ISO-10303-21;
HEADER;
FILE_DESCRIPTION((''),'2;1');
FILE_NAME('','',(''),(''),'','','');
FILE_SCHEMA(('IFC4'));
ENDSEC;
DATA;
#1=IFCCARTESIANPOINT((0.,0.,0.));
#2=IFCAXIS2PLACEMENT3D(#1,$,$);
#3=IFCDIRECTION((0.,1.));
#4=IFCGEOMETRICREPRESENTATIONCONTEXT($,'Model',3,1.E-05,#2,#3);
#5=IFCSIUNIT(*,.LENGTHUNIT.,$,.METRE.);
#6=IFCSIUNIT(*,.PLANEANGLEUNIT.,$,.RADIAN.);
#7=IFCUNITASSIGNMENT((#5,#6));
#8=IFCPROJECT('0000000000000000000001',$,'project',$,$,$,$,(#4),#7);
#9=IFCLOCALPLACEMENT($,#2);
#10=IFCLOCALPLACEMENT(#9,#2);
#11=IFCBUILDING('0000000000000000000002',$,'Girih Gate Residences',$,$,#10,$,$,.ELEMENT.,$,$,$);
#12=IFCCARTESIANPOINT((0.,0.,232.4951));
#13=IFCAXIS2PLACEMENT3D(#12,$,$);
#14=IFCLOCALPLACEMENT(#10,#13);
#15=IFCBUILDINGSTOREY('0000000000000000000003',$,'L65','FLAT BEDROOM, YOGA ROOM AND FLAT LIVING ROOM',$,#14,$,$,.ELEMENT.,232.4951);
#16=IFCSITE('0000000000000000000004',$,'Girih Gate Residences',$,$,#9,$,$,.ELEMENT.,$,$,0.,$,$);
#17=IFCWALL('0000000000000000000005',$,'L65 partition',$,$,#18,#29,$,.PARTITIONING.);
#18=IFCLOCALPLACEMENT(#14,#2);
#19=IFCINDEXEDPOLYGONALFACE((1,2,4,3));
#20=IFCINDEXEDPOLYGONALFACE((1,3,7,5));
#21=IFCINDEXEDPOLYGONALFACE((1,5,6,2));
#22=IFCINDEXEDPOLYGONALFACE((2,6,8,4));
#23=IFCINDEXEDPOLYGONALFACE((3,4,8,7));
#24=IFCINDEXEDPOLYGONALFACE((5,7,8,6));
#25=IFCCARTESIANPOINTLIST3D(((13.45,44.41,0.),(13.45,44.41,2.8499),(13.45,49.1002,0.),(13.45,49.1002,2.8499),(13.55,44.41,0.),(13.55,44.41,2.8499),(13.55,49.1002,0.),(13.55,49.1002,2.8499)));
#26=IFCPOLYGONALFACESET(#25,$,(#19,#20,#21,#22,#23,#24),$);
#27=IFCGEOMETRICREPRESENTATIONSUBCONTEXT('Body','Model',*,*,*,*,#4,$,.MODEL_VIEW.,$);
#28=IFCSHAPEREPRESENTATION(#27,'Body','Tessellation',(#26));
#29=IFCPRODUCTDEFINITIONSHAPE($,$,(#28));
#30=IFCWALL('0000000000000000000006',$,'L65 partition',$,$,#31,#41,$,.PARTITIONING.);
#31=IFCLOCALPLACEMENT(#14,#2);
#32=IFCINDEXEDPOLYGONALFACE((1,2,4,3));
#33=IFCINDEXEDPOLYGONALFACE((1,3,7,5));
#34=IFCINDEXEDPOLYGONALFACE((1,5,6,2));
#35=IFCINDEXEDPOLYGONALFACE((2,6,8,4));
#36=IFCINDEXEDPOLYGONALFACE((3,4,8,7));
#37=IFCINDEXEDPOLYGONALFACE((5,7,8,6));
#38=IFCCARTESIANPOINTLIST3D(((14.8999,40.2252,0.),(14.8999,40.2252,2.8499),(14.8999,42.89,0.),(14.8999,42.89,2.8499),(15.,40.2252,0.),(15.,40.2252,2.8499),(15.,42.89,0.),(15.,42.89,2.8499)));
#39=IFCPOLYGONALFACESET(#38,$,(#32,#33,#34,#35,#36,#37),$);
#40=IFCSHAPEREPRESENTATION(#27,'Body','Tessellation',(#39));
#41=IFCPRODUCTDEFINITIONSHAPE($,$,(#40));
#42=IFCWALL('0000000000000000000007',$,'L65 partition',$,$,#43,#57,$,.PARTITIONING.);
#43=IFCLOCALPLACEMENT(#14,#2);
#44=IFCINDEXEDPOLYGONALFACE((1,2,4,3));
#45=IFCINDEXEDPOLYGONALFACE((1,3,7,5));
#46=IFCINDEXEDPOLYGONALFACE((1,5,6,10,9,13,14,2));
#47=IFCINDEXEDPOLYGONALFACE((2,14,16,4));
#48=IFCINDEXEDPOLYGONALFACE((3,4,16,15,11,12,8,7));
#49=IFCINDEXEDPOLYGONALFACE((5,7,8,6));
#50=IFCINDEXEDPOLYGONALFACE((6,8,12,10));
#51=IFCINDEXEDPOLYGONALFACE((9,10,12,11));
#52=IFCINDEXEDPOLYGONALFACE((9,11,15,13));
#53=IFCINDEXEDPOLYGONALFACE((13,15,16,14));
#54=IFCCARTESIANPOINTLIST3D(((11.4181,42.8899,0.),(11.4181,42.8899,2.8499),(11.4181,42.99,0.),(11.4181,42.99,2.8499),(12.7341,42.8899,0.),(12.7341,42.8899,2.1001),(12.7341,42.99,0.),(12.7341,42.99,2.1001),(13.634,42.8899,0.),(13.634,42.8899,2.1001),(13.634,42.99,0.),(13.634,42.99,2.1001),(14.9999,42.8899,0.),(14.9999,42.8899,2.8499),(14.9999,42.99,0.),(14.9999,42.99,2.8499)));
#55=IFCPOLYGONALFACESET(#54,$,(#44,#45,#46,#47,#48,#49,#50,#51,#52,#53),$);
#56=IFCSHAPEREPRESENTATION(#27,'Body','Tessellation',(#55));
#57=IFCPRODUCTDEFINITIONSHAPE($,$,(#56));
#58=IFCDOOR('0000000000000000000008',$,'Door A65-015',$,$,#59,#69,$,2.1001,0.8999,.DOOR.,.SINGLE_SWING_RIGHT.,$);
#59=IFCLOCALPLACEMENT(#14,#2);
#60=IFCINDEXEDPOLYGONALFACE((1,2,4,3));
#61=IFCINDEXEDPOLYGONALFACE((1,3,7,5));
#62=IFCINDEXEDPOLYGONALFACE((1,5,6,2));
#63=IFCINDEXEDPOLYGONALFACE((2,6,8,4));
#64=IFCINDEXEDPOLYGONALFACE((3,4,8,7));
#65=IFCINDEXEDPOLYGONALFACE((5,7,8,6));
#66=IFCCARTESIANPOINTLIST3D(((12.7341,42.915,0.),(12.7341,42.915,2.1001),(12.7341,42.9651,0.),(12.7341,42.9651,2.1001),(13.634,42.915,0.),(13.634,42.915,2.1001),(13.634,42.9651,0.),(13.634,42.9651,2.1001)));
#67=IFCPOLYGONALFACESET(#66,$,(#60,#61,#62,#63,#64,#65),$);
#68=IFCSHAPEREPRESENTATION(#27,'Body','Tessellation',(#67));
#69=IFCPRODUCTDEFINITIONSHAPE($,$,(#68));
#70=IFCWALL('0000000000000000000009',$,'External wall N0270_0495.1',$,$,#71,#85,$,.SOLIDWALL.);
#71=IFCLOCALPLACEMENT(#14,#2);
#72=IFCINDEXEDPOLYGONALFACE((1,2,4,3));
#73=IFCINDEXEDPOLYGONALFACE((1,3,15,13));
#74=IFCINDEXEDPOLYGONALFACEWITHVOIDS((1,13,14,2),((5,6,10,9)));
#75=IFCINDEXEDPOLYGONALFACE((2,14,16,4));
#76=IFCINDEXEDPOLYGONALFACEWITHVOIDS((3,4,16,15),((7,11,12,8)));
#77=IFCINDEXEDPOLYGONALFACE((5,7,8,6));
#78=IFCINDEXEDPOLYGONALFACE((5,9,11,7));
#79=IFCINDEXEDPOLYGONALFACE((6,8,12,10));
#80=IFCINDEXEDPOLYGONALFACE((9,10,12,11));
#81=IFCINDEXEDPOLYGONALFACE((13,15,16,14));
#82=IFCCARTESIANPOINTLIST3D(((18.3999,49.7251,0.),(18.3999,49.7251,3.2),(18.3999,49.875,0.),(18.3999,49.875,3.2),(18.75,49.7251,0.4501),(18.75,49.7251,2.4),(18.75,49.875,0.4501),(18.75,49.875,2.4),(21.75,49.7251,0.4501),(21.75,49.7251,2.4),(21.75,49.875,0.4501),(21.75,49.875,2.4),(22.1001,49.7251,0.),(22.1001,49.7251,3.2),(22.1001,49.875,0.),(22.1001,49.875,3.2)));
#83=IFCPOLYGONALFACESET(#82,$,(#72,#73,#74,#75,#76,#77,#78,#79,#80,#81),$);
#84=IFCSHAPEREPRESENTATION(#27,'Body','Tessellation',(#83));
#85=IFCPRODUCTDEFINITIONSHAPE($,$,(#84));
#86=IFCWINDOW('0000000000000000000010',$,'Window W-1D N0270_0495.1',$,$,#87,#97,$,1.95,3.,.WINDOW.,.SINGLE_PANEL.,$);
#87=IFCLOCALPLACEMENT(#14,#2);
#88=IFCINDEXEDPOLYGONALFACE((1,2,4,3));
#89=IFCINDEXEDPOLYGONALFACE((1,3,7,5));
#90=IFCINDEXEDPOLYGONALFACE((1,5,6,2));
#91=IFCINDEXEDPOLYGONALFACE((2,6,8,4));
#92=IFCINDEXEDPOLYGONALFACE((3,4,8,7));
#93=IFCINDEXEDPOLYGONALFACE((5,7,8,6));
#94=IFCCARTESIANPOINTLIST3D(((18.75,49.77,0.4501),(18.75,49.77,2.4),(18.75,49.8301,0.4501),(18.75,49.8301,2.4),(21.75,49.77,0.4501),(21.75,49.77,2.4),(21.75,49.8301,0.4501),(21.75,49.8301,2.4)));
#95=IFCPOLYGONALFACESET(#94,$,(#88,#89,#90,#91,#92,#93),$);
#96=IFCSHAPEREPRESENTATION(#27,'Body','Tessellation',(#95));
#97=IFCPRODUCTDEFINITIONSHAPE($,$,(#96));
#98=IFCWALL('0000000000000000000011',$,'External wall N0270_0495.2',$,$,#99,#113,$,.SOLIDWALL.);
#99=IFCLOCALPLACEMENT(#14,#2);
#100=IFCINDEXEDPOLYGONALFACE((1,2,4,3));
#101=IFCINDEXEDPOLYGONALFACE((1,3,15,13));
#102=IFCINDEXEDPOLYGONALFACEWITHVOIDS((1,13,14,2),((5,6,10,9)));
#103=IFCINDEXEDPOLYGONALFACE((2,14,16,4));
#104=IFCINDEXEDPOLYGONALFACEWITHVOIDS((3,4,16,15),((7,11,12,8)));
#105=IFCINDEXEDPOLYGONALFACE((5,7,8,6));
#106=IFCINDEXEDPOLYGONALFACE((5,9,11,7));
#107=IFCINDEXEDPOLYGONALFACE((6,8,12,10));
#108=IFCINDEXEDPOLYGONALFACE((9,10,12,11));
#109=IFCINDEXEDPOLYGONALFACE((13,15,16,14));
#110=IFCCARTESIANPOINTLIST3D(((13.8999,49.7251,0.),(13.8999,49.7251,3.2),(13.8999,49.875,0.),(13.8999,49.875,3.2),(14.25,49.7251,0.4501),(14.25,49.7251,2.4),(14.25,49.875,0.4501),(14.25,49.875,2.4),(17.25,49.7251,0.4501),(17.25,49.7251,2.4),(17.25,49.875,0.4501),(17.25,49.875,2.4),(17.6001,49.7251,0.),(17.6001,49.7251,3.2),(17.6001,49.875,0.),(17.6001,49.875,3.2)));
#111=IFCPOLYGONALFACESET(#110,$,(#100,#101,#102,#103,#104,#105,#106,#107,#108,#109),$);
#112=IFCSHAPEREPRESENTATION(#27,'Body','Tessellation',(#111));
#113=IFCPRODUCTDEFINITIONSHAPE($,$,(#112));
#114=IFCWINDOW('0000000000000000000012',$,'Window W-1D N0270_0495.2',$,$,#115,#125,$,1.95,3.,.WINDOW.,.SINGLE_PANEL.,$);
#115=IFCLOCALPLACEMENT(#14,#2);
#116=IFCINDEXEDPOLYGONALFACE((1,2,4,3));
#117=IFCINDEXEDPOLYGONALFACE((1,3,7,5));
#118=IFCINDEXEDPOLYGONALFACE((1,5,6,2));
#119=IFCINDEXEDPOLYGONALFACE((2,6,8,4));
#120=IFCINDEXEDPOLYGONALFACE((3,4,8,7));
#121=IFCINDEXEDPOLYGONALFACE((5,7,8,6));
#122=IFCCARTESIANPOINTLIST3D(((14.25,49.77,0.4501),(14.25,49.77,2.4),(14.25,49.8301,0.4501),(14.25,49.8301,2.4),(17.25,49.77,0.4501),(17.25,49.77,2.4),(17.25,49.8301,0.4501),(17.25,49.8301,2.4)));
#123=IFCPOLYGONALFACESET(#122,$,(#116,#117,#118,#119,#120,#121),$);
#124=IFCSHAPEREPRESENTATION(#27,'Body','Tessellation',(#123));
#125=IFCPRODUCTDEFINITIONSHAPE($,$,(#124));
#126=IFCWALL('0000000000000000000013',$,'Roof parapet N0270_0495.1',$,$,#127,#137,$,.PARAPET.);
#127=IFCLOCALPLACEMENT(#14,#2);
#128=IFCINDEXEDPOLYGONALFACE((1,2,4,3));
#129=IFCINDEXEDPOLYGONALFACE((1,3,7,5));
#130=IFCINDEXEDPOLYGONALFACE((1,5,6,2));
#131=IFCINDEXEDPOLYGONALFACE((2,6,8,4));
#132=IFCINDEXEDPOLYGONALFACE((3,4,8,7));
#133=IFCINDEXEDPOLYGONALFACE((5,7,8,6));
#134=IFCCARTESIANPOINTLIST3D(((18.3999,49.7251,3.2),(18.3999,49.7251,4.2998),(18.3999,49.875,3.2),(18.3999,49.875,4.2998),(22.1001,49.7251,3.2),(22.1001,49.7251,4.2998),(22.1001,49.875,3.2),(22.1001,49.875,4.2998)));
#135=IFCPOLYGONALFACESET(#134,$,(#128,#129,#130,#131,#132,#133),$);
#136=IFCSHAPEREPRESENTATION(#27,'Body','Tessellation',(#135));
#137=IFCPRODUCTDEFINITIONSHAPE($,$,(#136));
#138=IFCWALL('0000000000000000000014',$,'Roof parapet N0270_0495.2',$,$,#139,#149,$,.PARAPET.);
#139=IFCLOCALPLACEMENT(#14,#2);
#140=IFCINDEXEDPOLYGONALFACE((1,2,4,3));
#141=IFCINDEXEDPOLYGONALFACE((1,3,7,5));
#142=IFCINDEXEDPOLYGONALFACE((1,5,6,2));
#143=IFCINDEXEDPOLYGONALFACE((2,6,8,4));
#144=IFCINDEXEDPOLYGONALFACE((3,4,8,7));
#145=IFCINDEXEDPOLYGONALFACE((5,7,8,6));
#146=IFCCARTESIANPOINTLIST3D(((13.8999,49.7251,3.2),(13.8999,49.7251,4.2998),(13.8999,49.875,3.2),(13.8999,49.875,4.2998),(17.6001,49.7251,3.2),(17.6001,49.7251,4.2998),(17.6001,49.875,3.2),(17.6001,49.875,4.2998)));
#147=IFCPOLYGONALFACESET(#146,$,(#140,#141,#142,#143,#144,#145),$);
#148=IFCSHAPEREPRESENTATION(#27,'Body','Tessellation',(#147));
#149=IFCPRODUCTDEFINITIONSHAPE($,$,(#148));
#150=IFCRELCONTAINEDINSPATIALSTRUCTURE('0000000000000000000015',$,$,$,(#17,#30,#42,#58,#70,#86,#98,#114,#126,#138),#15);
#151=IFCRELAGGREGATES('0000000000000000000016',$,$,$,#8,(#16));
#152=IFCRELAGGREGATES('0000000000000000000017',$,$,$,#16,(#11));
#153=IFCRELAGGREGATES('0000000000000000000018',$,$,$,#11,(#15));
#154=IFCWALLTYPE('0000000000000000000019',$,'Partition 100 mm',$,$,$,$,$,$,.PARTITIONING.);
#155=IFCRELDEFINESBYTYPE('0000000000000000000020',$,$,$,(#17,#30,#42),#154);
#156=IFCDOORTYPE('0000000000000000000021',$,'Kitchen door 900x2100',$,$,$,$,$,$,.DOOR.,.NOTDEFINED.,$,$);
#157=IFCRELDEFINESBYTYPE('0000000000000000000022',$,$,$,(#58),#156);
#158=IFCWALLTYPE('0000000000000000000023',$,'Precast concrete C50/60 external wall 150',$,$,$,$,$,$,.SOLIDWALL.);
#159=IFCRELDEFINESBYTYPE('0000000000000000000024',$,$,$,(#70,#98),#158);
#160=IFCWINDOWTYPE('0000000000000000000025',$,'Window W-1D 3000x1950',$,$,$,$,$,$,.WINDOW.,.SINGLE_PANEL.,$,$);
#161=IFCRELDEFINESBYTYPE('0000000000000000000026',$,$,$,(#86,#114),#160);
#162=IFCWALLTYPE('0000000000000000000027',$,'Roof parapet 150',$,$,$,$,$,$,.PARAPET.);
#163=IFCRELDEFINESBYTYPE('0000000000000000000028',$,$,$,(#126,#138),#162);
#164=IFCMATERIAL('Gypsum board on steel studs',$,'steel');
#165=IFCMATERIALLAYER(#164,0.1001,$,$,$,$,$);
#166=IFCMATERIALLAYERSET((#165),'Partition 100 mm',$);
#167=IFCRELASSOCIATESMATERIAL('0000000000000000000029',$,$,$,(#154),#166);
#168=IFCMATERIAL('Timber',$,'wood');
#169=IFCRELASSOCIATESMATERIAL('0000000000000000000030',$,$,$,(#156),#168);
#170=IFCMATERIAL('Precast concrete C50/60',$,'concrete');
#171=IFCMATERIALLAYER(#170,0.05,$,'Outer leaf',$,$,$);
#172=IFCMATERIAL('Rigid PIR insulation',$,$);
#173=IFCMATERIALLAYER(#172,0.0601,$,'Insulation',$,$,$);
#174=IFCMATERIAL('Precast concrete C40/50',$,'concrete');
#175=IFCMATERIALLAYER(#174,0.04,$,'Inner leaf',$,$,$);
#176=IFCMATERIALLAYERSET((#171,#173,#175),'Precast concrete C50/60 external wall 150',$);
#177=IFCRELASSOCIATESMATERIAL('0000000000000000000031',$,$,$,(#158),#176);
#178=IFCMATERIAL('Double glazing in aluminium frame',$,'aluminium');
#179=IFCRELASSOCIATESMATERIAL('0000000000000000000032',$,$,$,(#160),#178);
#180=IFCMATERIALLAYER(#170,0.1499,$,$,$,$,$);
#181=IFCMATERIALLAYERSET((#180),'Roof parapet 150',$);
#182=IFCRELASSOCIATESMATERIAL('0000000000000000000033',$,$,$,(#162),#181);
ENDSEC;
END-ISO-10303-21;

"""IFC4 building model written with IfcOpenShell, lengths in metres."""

from ifc_helpers import new_model, si_unit, direction, frame, frame_2d, origin, place, context, subcontext, project, spatial, rectangle, extrude, material, layer, layer_set, type_object, element, fill, save


model = new_model("IFC4")

# Units and contexts
model_context = context("Model", 3, precision=1e-05, world=origin(), true_north=direction((0.0, 1.0)))
body_context = subcontext(model_context, "Body", "Model", "MODEL_VIEW")
ifc_project = project(units=[si_unit("LENGTHUNIT", "METRE"), si_unit("PLANEANGLEUNIT", "RADIAN")], contexts=[model_context])

# Site, building, storey
site_placement = place(None, origin())
site = spatial("IfcSite", under=ifc_project, at=site_placement, Name="Girih Gate Residences", CompositionType="ELEMENT", RefElevation=0.0)
building_placement = place(site_placement, origin())
building = spatial("IfcBuilding", under=site, at=building_placement, Name="Girih Gate Residences", CompositionType="ELEMENT")
storey_placement = place(building_placement, frame((0.0, 0.0, 232.4951)))
storey = spatial("IfcBuildingStorey", under=building, at=storey_placement, Name="L65", Description="FLAT BEDROOM, YOGA ROOM AND FLAT LIVING ROOM", CompositionType="ELEMENT", Elevation=232.4951)

# Shared definitions
ifc_material_1 = material(Name="Gypsum board on steel studs", Category="steel")

# Shared definitions
ifc_layer_1 = layer(ifc_material_1, 0.1001)
ifc_layer_set_1 = layer_set([ifc_layer_1], Name="Partition 100 mm")
wall_type_1 = type_object("IfcWallType", Name="Partition 100 mm", PredefinedType="PARTITIONING", material=ifc_layer_set_1)
ifc_material_2 = material(Name="Timber", Category="wood")

# Walls
wall_1_placement = place(storey_placement, frame((13.5, 44.4099, 0.0), z_axis=(0.0, 0.0, 1.0), x_axis=(0.0, 1.0, 0.0)))
element("IfcWall", 1, at=wall_1_placement, inside=storey, type_object=wall_type_1, Name="L65 partition", PredefinedType="PARTITIONING", context=body_context, shape_type="SweptSolid", body=[
    extrude(rectangle(XDim=4.6902, YDim=0.1001, at=frame_2d((2.3452, 0.0))), origin(), (0.0, 0.0, 1.0), 2.8499),
])
wall_2_placement = place(storey_placement, frame((14.95, 40.2251, 0.0), z_axis=(0.0, 0.0, 1.0), x_axis=(0.0, 1.0, 0.0)))
element("IfcWall", 2, at=wall_2_placement, inside=storey, type_object=wall_type_1, Name="L65 partition", PredefinedType="PARTITIONING", context=body_context, shape_type="SweptSolid", body=[
    extrude(rectangle(XDim=2.6648, YDim=0.1001, at=frame_2d((1.3325, 0.0))), origin(), (0.0, 0.0, 1.0), 2.8499),
])

# Wall, opening, door
wall_3_placement = place(storey_placement, frame((15.0, 42.9399, 0.0), z_axis=(0.0, 0.0, 1.0), x_axis=(-1.0, 0.0, 0.0)))
wall_3 = element("IfcWall", 3, at=wall_3_placement, inside=storey, type_object=wall_type_1, Name="L65 partition", PredefinedType="PARTITIONING", context=body_context, shape_type="SweptSolid", body=[
    extrude(rectangle(XDim=3.5818, YDim=0.1001, at=frame_2d((1.791, 0.0))), origin(), (0.0, 0.0, 1.0), 2.8499),
])
opening_1_placement = place(wall_3_placement, frame((1.366, 0.0, 0.0)))
opening_1 = element("IfcOpeningElement", 4, at=opening_1_placement, cuts=wall_3, PredefinedType="OPENING", context=body_context, shape_type="SweptSolid", body=[
    extrude(rectangle(XDim=0.8999, YDim=2.1001, at=frame_2d((0.45, 1.05))), frame((0.0, 0.0601, 0.0), z_axis=(0.0, -1.0, 0.0), x_axis=(1.0, 0.0, 0.0)), (0.0, 0.0, 1.0), 0.1201),
])
door_type_1 = type_object("IfcDoorType", Name="Kitchen door 900x2100", OperationType="NOTDEFINED", PredefinedType="DOOR", material=ifc_material_2)
door_1_placement = place(opening_1_placement, origin())
door_1 = element("IfcDoor", 5, at=door_1_placement, inside=storey, type_object=door_type_1, Name="Door A65-015", OperationType="SINGLE_SWING_RIGHT", OverallHeight=2.1001, OverallWidth=0.8999, PredefinedType="DOOR", context=body_context, shape_type="SweptSolid", body=[
    extrude(rectangle(XDim=0.8999, YDim=2.1001, at=frame_2d((0.45, 1.05))), frame((0.0, 0.0249, 0.0), z_axis=(0.0, -1.0, 0.0), x_axis=(1.0, 0.0, 0.0)), (0.0, 0.0, 1.0), 0.05),
])
fill(opening_1, door_1)

# Walls, openings, windows
ifc_material_3 = material(Name="Precast concrete C50/60", Category="concrete")
ifc_layer_2 = layer(ifc_material_3, 0.05, Name="Outer leaf")
ifc_material_4 = material(Name="Rigid PIR insulation")
ifc_layer_3 = layer(ifc_material_4, 0.0601, Name="Insulation")
ifc_material_5 = material(Name="Precast concrete C40/50", Category="concrete")
ifc_layer_4 = layer(ifc_material_5, 0.04, Name="Inner leaf")
ifc_layer_set_2 = layer_set([ifc_layer_2, ifc_layer_3, ifc_layer_4], Name="Precast concrete C50/60 external wall 150")
wall_type_2 = type_object("IfcWallType", Name="Precast concrete C50/60 external wall 150", PredefinedType="SOLIDWALL", material=ifc_layer_set_2)
wall_4_placement = place(storey_placement, frame((18.3999, 49.8, 0.0), z_axis=(0.0, 0.0, 1.0), x_axis=(1.0, 0.0, 0.0)))
wall_4 = element("IfcWall", 6, at=wall_4_placement, inside=storey, type_object=wall_type_2, Name="External wall N0270_0495.1", PredefinedType="SOLIDWALL", context=body_context, shape_type="SweptSolid", body=[
    extrude(rectangle(XDim=3.7002, YDim=0.1499, at=frame_2d((1.8501, 0.0))), origin(), (0.0, 0.0, 1.0), 3.2),
])
opening_2_placement = place(wall_4_placement, frame((0.3501, 0.0, 0.45)))
opening_2 = element("IfcOpeningElement", 7, at=opening_2_placement, cuts=wall_4, PredefinedType="OPENING", context=body_context, shape_type="SweptSolid", body=[
    extrude(rectangle(XDim=3.0, YDim=1.95, at=frame_2d((1.5, 0.9751))), frame((0.0, 0.085, 0.0), z_axis=(0.0, -1.0, 0.0), x_axis=(1.0, 0.0, 0.0)), (0.0, 0.0, 1.0), 0.1699),
])
ifc_material_6 = material(Name="Double glazing in aluminium frame", Category="aluminium")
window_type = type_object("IfcWindowType", Name="Window W-1D 3000x1950", PartitioningType="SINGLE_PANEL", PredefinedType="WINDOW", material=ifc_material_6)
window_1_placement = place(opening_2_placement, origin())
window_1 = element("IfcWindow", 8, at=window_1_placement, inside=storey, type_object=window_type, Name="Window W-1D N0270_0495.1", OverallHeight=1.95, OverallWidth=3.0, PartitioningType="SINGLE_PANEL", PredefinedType="WINDOW", context=body_context, shape_type="SweptSolid", body=[
    extrude(rectangle(XDim=3.0, YDim=1.95, at=frame_2d((1.5, 0.9751))), frame((0.0, 0.03, 0.0), z_axis=(0.0, -1.0, 0.0), x_axis=(1.0, 0.0, 0.0)), (0.0, 0.0, 1.0), 0.0601),
])
fill(opening_2, window_1)
wall_5_placement = place(storey_placement, frame((13.8999, 49.8, 0.0), z_axis=(0.0, 0.0, 1.0), x_axis=(1.0, 0.0, 0.0)))
wall_5 = element("IfcWall", 9, at=wall_5_placement, inside=storey, type_object=wall_type_2, Name="External wall N0270_0495.2", PredefinedType="SOLIDWALL", context=body_context, shape_type="SweptSolid", body=[
    extrude(rectangle(XDim=3.7002, YDim=0.1499, at=frame_2d((1.8501, 0.0))), origin(), (0.0, 0.0, 1.0), 3.2),
])
opening_3_placement = place(wall_5_placement, frame((0.3501, 0.0, 0.45)))
opening_3 = element("IfcOpeningElement", 10, at=opening_3_placement, cuts=wall_5, PredefinedType="OPENING", context=body_context, shape_type="SweptSolid", body=[
    extrude(rectangle(XDim=3.0, YDim=1.95, at=frame_2d((1.5, 0.9751))), frame((0.0, 0.085, 0.0), z_axis=(0.0, -1.0, 0.0), x_axis=(1.0, 0.0, 0.0)), (0.0, 0.0, 1.0), 0.1699),
])
window_2_placement = place(opening_3_placement, origin())
window_2 = element("IfcWindow", 11, at=window_2_placement, inside=storey, type_object=window_type, Name="Window W-1D N0270_0495.2", OverallHeight=1.95, OverallWidth=3.0, PartitioningType="SINGLE_PANEL", PredefinedType="WINDOW", context=body_context, shape_type="SweptSolid", body=[
    extrude(rectangle(XDim=3.0, YDim=1.95, at=frame_2d((1.5, 0.9751))), frame((0.0, 0.03, 0.0), z_axis=(0.0, -1.0, 0.0), x_axis=(1.0, 0.0, 0.0)), (0.0, 0.0, 1.0), 0.0601),
])
fill(opening_3, window_2)

# Walls
ifc_layer_5 = layer(ifc_material_3, 0.1499)
ifc_layer_set_3 = layer_set([ifc_layer_5], Name="Roof parapet 150")
wall_type_3 = type_object("IfcWallType", Name="Roof parapet 150", PredefinedType="PARAPET", material=ifc_layer_set_3)
for number, where, z_axis, x_axis, name in (
    (12, (18.3999, 49.8, 3.2), (0.0, 0.0, 1.0), (1.0, 0.0, 0.0), "Roof parapet N0270_0495.1"),
    (13, (13.8999, 49.8, 3.2), (0.0, 0.0, 1.0), (1.0, 0.0, 0.0), "Roof parapet N0270_0495.2"),
):
    element("IfcWall", number, at=place(storey_placement, frame(where, z_axis=z_axis, x_axis=x_axis)), inside=storey, type_object=wall_type_3, Name=name, PredefinedType="PARAPET", context=body_context, shape_type="SweptSolid", body=[
        extrude(rectangle(XDim=3.7002, YDim=0.1499, at=frame_2d((1.8501, 0.0))), origin(), (0.0, 0.0, 1.0), 1.0999),
    ])

save(model, "model.ifc")
